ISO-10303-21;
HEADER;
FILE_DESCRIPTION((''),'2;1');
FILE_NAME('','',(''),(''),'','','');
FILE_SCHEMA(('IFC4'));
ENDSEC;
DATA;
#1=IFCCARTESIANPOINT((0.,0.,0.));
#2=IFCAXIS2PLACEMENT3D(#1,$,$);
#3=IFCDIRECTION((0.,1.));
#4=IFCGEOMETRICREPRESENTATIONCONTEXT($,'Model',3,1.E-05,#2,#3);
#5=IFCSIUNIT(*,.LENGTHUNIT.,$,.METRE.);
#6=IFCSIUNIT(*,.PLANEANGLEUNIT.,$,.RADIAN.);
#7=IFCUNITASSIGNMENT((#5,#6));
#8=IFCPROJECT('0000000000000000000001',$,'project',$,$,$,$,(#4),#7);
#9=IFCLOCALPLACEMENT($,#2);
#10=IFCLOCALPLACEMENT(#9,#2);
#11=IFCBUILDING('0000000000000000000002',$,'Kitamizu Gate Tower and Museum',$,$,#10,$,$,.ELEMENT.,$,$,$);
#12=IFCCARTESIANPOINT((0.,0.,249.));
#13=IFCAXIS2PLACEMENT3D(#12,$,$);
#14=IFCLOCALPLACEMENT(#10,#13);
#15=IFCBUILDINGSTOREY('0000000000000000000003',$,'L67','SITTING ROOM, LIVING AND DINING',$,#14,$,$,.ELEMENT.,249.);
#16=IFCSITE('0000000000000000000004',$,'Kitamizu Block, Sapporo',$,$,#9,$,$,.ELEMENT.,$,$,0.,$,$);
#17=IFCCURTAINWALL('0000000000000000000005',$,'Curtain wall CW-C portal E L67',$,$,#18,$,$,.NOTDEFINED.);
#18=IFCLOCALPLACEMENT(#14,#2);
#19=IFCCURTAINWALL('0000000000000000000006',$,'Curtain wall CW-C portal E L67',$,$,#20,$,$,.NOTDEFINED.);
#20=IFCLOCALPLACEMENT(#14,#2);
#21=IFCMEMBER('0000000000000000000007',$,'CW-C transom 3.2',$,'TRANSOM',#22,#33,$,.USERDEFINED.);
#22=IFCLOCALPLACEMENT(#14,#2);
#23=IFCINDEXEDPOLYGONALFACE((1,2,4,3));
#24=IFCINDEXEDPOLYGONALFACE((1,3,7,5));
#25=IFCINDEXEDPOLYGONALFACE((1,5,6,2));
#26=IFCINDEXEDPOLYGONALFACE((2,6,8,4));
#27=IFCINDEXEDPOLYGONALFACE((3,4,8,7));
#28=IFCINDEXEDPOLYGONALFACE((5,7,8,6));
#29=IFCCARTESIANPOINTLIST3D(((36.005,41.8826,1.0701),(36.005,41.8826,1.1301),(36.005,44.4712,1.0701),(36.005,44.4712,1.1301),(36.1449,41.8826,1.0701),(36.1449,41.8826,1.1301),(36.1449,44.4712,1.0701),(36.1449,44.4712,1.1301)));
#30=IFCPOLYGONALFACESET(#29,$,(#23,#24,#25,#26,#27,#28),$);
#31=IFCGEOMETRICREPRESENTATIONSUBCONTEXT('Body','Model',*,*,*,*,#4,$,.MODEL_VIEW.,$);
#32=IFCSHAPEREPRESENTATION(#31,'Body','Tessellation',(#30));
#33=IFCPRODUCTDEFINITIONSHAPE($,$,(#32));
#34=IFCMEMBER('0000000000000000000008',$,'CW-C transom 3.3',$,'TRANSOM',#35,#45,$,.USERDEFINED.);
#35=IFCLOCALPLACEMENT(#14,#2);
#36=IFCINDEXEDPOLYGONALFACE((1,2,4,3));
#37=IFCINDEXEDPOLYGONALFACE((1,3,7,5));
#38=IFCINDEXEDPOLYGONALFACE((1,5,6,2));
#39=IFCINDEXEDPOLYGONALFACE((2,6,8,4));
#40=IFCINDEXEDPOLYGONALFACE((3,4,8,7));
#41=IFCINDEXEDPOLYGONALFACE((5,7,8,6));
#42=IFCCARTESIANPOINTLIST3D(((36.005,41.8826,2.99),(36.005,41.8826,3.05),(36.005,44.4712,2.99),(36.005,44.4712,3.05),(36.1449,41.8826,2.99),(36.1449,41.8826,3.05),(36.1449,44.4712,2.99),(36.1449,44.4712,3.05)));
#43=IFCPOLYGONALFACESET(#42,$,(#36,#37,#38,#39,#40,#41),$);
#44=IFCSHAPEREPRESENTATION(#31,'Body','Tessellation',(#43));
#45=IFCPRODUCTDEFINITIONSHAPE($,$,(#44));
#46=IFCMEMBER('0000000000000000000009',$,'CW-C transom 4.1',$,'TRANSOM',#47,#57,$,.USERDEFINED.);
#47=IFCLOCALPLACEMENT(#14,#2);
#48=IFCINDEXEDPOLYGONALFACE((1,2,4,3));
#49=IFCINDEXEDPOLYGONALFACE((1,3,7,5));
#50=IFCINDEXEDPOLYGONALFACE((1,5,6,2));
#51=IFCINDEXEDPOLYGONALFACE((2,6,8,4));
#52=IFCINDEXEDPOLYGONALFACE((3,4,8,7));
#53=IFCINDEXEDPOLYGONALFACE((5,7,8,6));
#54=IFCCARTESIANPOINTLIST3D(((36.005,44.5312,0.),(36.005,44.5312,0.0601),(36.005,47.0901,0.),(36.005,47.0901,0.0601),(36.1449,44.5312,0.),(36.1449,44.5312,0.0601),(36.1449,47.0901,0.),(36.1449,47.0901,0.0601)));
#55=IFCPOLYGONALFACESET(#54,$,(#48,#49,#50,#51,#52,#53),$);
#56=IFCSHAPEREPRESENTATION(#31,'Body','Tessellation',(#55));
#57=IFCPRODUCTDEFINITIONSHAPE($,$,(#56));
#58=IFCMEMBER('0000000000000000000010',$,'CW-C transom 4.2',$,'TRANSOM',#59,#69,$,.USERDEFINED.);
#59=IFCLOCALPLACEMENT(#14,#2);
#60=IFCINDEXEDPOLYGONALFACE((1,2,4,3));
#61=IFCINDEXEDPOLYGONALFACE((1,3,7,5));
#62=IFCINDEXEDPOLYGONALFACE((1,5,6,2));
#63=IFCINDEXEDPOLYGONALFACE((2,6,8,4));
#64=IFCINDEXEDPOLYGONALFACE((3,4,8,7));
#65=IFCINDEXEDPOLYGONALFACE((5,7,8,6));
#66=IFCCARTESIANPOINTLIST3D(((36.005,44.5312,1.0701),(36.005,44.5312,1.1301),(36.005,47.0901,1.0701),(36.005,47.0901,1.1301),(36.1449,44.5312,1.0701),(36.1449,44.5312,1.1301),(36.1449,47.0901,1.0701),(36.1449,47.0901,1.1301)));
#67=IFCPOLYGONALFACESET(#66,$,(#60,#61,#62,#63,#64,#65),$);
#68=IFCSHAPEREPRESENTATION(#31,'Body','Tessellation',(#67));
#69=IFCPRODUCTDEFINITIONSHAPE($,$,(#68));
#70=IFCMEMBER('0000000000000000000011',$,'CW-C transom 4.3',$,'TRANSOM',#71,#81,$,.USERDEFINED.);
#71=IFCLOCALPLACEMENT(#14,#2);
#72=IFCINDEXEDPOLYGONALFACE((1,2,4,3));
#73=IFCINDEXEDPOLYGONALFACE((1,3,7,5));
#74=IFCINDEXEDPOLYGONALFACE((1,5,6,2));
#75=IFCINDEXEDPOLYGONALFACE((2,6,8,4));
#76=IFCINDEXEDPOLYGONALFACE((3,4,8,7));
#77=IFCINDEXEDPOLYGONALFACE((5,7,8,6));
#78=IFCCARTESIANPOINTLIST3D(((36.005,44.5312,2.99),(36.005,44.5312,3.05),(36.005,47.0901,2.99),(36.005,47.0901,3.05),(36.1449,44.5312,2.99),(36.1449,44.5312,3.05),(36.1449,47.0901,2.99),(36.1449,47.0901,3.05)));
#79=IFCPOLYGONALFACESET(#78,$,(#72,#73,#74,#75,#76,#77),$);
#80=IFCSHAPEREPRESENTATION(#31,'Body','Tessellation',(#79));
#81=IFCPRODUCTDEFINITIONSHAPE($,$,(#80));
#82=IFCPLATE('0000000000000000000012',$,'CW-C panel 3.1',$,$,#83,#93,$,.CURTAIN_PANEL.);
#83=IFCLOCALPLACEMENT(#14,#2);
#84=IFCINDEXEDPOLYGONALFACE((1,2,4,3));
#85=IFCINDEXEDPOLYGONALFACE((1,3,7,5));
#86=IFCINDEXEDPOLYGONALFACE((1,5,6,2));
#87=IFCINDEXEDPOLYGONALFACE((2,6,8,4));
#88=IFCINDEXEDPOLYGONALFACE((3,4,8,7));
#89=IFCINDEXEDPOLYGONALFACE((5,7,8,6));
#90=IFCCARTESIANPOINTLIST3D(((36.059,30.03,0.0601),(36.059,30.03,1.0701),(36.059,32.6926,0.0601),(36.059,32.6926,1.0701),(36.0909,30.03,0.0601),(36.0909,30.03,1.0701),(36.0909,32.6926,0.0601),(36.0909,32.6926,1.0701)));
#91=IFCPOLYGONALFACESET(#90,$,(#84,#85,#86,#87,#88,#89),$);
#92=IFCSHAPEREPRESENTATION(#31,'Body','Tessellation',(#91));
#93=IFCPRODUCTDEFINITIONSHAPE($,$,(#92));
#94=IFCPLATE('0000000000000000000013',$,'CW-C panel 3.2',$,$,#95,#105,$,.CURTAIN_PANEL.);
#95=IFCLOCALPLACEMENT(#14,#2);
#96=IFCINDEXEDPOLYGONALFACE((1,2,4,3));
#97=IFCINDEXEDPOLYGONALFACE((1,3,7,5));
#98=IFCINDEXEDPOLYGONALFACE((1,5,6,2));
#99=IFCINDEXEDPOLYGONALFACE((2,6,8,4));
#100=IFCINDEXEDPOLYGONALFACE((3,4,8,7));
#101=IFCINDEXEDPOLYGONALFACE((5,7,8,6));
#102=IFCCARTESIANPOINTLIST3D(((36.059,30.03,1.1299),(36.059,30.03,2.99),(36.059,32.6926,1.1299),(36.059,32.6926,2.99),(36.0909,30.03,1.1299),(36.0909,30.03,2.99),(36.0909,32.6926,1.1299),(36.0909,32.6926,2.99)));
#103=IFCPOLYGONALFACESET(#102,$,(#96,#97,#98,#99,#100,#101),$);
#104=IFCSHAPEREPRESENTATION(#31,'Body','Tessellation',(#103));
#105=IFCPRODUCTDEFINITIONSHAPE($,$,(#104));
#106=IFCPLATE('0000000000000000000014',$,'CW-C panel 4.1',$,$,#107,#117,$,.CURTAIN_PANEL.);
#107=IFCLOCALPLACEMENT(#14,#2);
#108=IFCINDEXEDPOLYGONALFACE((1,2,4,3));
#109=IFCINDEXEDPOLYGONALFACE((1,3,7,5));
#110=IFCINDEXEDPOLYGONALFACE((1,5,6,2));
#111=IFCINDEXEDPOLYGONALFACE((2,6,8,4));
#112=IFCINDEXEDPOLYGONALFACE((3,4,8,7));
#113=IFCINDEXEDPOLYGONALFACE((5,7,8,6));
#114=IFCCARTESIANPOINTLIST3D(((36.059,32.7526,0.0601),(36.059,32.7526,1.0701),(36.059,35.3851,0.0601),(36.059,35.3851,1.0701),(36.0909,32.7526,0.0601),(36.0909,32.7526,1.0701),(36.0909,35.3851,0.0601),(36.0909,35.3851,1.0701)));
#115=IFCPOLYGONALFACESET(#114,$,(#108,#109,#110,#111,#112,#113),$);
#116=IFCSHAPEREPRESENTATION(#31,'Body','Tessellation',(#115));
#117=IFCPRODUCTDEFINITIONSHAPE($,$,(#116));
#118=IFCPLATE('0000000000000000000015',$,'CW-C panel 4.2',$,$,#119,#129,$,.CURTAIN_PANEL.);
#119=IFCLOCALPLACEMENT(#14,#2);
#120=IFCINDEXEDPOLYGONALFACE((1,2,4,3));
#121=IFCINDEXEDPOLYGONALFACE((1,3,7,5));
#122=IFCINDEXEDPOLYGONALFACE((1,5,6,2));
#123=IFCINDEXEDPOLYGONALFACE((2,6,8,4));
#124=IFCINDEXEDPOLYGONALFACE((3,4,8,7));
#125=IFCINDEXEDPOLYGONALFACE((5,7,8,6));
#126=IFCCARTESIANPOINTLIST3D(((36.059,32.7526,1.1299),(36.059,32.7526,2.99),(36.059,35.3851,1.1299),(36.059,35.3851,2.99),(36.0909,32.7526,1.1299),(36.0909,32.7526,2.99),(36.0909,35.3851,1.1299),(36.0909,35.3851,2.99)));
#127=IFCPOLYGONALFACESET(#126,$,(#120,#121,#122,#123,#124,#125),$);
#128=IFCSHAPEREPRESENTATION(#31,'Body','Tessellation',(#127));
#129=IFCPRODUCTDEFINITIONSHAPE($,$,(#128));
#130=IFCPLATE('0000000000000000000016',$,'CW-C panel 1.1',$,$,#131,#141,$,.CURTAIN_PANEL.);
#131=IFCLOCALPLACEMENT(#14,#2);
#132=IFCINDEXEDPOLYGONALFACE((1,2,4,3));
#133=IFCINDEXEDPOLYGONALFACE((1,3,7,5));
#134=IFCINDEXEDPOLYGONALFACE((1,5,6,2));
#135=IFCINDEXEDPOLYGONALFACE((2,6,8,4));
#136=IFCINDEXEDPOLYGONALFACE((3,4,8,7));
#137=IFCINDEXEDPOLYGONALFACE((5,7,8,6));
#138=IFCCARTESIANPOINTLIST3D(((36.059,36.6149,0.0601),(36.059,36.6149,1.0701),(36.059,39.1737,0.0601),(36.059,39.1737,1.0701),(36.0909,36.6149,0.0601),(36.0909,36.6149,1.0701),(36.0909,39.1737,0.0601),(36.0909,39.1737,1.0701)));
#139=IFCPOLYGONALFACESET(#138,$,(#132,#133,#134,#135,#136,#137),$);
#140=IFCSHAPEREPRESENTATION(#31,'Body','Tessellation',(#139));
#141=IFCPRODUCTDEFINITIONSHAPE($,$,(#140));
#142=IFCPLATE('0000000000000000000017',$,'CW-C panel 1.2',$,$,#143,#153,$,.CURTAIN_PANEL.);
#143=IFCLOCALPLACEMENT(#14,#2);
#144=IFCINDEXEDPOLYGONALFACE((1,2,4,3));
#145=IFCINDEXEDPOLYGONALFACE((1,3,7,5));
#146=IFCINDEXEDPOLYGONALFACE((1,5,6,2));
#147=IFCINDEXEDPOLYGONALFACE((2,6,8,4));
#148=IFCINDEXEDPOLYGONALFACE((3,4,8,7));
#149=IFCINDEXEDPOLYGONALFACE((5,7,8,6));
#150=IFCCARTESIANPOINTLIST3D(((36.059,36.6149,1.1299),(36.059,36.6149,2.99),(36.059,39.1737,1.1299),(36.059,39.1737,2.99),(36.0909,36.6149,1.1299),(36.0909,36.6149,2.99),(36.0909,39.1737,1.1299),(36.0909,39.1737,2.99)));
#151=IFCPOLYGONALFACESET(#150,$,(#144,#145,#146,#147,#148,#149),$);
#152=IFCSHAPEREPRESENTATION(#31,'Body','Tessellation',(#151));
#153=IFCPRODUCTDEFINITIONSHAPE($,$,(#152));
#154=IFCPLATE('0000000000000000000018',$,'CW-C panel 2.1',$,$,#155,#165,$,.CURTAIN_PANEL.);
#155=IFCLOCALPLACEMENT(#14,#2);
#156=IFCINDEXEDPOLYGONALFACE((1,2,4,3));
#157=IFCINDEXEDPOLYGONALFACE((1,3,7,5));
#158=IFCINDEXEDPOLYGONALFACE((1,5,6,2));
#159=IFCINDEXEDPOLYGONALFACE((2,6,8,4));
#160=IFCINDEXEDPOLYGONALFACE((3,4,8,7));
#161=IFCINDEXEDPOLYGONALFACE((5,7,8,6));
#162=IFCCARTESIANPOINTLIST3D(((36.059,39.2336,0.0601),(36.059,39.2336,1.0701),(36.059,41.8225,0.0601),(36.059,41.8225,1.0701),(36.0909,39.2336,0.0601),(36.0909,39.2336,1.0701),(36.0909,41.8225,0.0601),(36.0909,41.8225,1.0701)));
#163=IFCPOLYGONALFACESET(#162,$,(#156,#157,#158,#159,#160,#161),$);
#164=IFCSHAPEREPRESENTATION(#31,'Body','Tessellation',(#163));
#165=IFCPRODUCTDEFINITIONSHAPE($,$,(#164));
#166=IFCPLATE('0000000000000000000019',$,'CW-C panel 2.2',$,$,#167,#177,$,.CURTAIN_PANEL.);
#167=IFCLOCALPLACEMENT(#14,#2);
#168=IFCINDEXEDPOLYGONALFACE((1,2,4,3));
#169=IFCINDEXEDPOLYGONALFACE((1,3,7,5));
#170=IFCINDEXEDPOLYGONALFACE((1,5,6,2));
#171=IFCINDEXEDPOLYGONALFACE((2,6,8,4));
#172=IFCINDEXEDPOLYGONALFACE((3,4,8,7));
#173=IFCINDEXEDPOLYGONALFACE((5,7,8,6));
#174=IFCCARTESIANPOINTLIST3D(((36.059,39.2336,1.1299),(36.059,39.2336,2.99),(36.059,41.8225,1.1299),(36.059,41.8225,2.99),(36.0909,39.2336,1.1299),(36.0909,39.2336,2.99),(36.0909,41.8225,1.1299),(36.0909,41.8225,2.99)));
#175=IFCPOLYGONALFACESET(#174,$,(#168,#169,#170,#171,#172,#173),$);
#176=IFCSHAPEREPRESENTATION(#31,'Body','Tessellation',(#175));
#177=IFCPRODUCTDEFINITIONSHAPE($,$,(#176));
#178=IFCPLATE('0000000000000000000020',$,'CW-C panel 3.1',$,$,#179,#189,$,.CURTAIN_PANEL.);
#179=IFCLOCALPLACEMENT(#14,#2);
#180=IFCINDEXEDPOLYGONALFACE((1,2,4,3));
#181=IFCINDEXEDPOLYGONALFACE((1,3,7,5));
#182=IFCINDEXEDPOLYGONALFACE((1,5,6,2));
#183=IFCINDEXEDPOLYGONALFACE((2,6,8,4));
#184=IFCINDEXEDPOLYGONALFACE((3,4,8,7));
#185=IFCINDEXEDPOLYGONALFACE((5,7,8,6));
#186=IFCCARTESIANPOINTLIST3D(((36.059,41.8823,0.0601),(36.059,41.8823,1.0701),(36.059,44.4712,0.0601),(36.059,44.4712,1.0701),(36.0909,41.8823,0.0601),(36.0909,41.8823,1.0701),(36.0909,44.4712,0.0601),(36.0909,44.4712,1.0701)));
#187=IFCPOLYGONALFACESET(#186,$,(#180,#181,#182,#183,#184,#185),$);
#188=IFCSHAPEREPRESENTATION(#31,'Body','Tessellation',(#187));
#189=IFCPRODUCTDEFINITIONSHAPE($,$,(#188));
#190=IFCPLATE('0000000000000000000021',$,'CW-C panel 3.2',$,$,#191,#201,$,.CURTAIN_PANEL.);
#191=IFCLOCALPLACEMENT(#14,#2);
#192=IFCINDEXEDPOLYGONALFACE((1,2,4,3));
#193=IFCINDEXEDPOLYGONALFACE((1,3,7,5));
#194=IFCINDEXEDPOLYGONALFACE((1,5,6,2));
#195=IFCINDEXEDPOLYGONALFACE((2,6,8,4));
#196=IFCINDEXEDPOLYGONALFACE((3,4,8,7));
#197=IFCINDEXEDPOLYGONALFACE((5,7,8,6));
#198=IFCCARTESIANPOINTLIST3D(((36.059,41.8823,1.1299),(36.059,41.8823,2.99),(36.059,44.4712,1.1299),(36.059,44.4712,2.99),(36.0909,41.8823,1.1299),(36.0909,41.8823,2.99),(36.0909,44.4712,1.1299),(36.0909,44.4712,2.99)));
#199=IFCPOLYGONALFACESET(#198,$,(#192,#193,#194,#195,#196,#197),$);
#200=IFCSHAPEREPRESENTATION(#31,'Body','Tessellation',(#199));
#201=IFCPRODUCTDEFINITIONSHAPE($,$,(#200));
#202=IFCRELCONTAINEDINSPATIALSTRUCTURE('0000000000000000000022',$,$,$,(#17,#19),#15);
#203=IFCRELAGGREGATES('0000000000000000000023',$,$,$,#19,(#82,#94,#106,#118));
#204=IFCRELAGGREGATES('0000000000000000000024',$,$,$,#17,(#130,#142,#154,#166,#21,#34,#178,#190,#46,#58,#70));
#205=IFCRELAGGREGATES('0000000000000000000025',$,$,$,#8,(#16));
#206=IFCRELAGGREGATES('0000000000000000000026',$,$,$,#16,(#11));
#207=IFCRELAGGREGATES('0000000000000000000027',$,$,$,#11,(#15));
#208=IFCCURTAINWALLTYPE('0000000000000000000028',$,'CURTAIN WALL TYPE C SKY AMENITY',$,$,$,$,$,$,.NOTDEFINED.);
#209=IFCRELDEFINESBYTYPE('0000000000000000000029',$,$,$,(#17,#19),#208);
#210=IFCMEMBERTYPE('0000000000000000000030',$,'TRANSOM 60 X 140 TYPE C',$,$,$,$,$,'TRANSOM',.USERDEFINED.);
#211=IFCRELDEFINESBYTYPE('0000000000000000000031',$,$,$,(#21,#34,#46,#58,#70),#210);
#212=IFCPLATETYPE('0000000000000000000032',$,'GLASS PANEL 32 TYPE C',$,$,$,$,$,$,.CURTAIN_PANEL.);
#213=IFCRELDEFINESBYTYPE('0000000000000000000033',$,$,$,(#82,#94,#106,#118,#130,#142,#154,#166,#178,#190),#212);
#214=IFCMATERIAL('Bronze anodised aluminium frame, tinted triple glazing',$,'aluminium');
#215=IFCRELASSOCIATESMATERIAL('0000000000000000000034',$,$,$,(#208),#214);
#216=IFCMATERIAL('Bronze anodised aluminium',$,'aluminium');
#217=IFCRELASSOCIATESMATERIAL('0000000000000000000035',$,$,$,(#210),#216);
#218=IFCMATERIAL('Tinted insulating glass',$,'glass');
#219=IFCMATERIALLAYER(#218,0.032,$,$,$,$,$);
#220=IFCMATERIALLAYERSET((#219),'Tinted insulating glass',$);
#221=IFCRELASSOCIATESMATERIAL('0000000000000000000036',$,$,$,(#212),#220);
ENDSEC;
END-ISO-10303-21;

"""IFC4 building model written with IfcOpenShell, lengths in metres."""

from ifc_helpers import new_model, si_unit, direction, frame, origin, origin_2d, place, context, subcontext, project, spatial, rectangle, extrude, material, layer, layer_set, material_profile, profile_set, type_object, element, aggregate, save


model = new_model("IFC4")

# Units and contexts
model_context = context("Model", 3, precision=1e-05, world=origin(), true_north=direction((0.0, 1.0)))
body_context = subcontext(model_context, "Body", "Model", "MODEL_VIEW")
ifc_project = project(units=[si_unit("LENGTHUNIT", "METRE"), si_unit("PLANEANGLEUNIT", "RADIAN")], contexts=[model_context])

# Site, building, storey
site_placement = place(None, origin())
site = spatial("IfcSite", under=ifc_project, at=site_placement, Name="Kitamizu Block, Sapporo", CompositionType="ELEMENT", RefElevation=0.0)
building_placement = place(site_placement, origin())
building = spatial("IfcBuilding", under=site, at=building_placement, Name="Kitamizu Gate Tower and Museum", CompositionType="ELEMENT")
storey_placement = place(building_placement, frame((0.0, 0.0, 249.0)))
storey = spatial("IfcBuildingStorey", under=building, at=storey_placement, Name="L67", Description="SITTING ROOM, LIVING AND DINING", CompositionType="ELEMENT", Elevation=249.0)

# Curtain walls
ifc_material_1 = material(Name="Bronze anodised aluminium frame, tinted triple glazing", Category="aluminium")
curtain_wall_type = type_object("IfcCurtainWallType", Name="CURTAIN WALL TYPE C SKY AMENITY", PredefinedType="NOTDEFINED", material=ifc_material_1)
curtain_wall_1_placement = place(storey_placement, origin())
curtain_wall_1 = element("IfcCurtainWall", 1, at=curtain_wall_1_placement, inside=storey, type_object=curtain_wall_type, Name="Curtain wall CW-C portal E L67", PredefinedType="NOTDEFINED")
curtain_wall_2_placement = place(storey_placement, origin())
curtain_wall_2 = element("IfcCurtainWall", 2, at=curtain_wall_2_placement, inside=storey, type_object=curtain_wall_type, Name="Curtain wall CW-C portal E L67", PredefinedType="NOTDEFINED")
ifc_material_2 = material(Name="Bronze anodised aluminium", Category="aluminium")
ifc_material_profile_1 = material_profile(ifc_material_2, rectangle(XDim=0.1399, YDim=0.0601, at=origin_2d()), Name="AL 60X140")
ifc_profile_set_1 = profile_set([ifc_material_profile_1], Name="Bronze anodised aluminium")
member_type_1 = type_object("IfcMemberType", Name="TRANSOM 60 X 140 TYPE C", ElementType="TRANSOM", PredefinedType="USERDEFINED", material=ifc_profile_set_1)

# Members
member_1_placement = place(storey_placement, frame((36.075, 41.8826, 1.1001), z_axis=(0.0, 1.0, 0.0), x_axis=(-1.0, 0.0, 0.0)))
member_1 = element("IfcMember", 3, at=member_1_placement, type_object=member_type_1, Name="CW-C transom 3.2", ObjectType="TRANSOM", PredefinedType="USERDEFINED", context=body_context, shape_type="SweptSolid", body=[
    extrude(rectangle(XDim=0.1399, YDim=0.0601, at=origin_2d()), origin(), (0.0, 0.0, 1.0), 2.5886),
])
member_2_placement = place(storey_placement, frame((36.075, 41.8826, 3.02), z_axis=(0.0, 1.0, 0.0), x_axis=(-1.0, 0.0, 0.0)))
member_2 = element("IfcMember", 4, at=member_2_placement, type_object=member_type_1, Name="CW-C transom 3.3", ObjectType="TRANSOM", PredefinedType="USERDEFINED", context=body_context, shape_type="SweptSolid", body=[
    extrude(rectangle(XDim=0.1399, YDim=0.0601, at=origin_2d()), origin(), (0.0, 0.0, 1.0), 2.5886),
])
member_3_placement = place(storey_placement, frame((36.075, 44.5312, 0.03), z_axis=(0.0, 1.0, 0.0), x_axis=(-1.0, 0.0, 0.0)))
member_3 = element("IfcMember", 5, at=member_3_placement, type_object=member_type_1, Name="CW-C transom 4.1", ObjectType="TRANSOM", PredefinedType="USERDEFINED", context=body_context, shape_type="SweptSolid", body=[
    extrude(rectangle(XDim=0.1399, YDim=0.0601, at=origin_2d()), origin(), (0.0, 0.0, 1.0), 2.5588),
])
member_4_placement = place(storey_placement, frame((36.075, 44.5312, 1.1001), z_axis=(0.0, 1.0, 0.0), x_axis=(-1.0, 0.0, 0.0)))
member_4 = element("IfcMember", 6, at=member_4_placement, type_object=member_type_1, Name="CW-C transom 4.2", ObjectType="TRANSOM", PredefinedType="USERDEFINED", context=body_context, shape_type="SweptSolid", body=[
    extrude(rectangle(XDim=0.1399, YDim=0.0601, at=origin_2d()), origin(), (0.0, 0.0, 1.0), 2.5588),
])
member_5_placement = place(storey_placement, frame((36.075, 44.5312, 3.02), z_axis=(0.0, 1.0, 0.0), x_axis=(-1.0, 0.0, 0.0)))
member_5 = element("IfcMember", 7, at=member_5_placement, type_object=member_type_1, Name="CW-C transom 4.3", ObjectType="TRANSOM", PredefinedType="USERDEFINED", context=body_context, shape_type="SweptSolid", body=[
    extrude(rectangle(XDim=0.1399, YDim=0.0601, at=origin_2d()), origin(), (0.0, 0.0, 1.0), 2.5588),
])

# Plates
ifc_material_3 = material(Name="Tinted insulating glass", Category="glass")
ifc_layer_1 = layer(ifc_material_3, 0.032)
ifc_layer_set_1 = layer_set([ifc_layer_1], Name="Tinted insulating glass")
plate_type = type_object("IfcPlateType", Name="GLASS PANEL 32 TYPE C", PredefinedType="CURTAIN_PANEL", material=ifc_layer_set_1)
plate_1_placement = place(storey_placement, frame((36.075, 31.3613, 0.0601), z_axis=(0.0, 0.0, 1.0), x_axis=(0.0, 1.0, 0.0)))
plate_1 = element("IfcPlate", 8, at=plate_1_placement, type_object=plate_type, Name="CW-C panel 3.1", PredefinedType="CURTAIN_PANEL", context=body_context, shape_type="SweptSolid", body=[
    extrude(rectangle(XDim=2.6626, YDim=0.032, at=origin_2d()), origin(), (0.0, 0.0, 1.0), 1.01),
])
plate_2_placement = place(storey_placement, frame((36.075, 31.3613, 1.1299), z_axis=(0.0, 0.0, 1.0), x_axis=(0.0, 1.0, 0.0)))
plate_2 = element("IfcPlate", 9, at=plate_2_placement, type_object=plate_type, Name="CW-C panel 3.2", PredefinedType="CURTAIN_PANEL", context=body_context, shape_type="SweptSolid", body=[
    extrude(rectangle(XDim=2.6626, YDim=0.032, at=origin_2d()), origin(), (0.0, 0.0, 1.0), 1.8601),
])
plate_3_placement = place(storey_placement, frame((36.075, 34.0688, 0.0601), z_axis=(0.0, 0.0, 1.0), x_axis=(0.0, 1.0, 0.0)))
plate_3 = element("IfcPlate", 10, at=plate_3_placement, type_object=plate_type, Name="CW-C panel 4.1", PredefinedType="CURTAIN_PANEL", context=body_context, shape_type="SweptSolid", body=[
    extrude(rectangle(XDim=2.6326, YDim=0.032, at=origin_2d()), origin(), (0.0, 0.0, 1.0), 1.01),
])
plate_4_placement = place(storey_placement, frame((36.075, 34.0688, 1.1299), z_axis=(0.0, 0.0, 1.0), x_axis=(0.0, 1.0, 0.0)))
plate_4 = element("IfcPlate", 11, at=plate_4_placement, type_object=plate_type, Name="CW-C panel 4.2", PredefinedType="CURTAIN_PANEL", context=body_context, shape_type="SweptSolid", body=[
    extrude(rectangle(XDim=2.6326, YDim=0.032, at=origin_2d()), origin(), (0.0, 0.0, 1.0), 1.8601),
])
aggregate(curtain_wall_2, [plate_1, plate_2, plate_3, plate_4])
plate_5_placement = place(storey_placement, frame((36.075, 37.8943, 0.0601), z_axis=(0.0, 0.0, 1.0), x_axis=(0.0, 1.0, 0.0)))
plate_5 = element("IfcPlate", 12, at=plate_5_placement, type_object=plate_type, Name="CW-C panel 1.1", PredefinedType="CURTAIN_PANEL", context=body_context, shape_type="SweptSolid", body=[
    extrude(rectangle(XDim=2.5588, YDim=0.032, at=origin_2d()), origin(), (0.0, 0.0, 1.0), 1.01),
])
plate_6_placement = place(storey_placement, frame((36.075, 37.8943, 1.1299), z_axis=(0.0, 0.0, 1.0), x_axis=(0.0, 1.0, 0.0)))
plate_6 = element("IfcPlate", 13, at=plate_6_placement, type_object=plate_type, Name="CW-C panel 1.2", PredefinedType="CURTAIN_PANEL", context=body_context, shape_type="SweptSolid", body=[
    extrude(rectangle(XDim=2.5588, YDim=0.032, at=origin_2d()), origin(), (0.0, 0.0, 1.0), 1.8601),
])
plate_7_placement = place(storey_placement, frame((36.075, 40.5281, 0.0601), z_axis=(0.0, 0.0, 1.0), x_axis=(0.0, 1.0, 0.0)))
plate_7 = element("IfcPlate", 14, at=plate_7_placement, type_object=plate_type, Name="CW-C panel 2.1", PredefinedType="CURTAIN_PANEL", context=body_context, shape_type="SweptSolid", body=[
    extrude(rectangle(XDim=2.5889, YDim=0.032, at=origin_2d()), origin(), (0.0, 0.0, 1.0), 1.01),
])
plate_8_placement = place(storey_placement, frame((36.075, 40.5281, 1.1299), z_axis=(0.0, 0.0, 1.0), x_axis=(0.0, 1.0, 0.0)))
plate_8 = element("IfcPlate", 15, at=plate_8_placement, type_object=plate_type, Name="CW-C panel 2.2", PredefinedType="CURTAIN_PANEL", context=body_context, shape_type="SweptSolid", body=[
    extrude(rectangle(XDim=2.5889, YDim=0.032, at=origin_2d()), origin(), (0.0, 0.0, 1.0), 1.8601),
])
plate_9_placement = place(storey_placement, frame((36.075, 43.1768, 0.0601), z_axis=(0.0, 0.0, 1.0), x_axis=(0.0, 1.0, 0.0)))
plate_9 = element("IfcPlate", 16, at=plate_9_placement, type_object=plate_type, Name="CW-C panel 3.1", PredefinedType="CURTAIN_PANEL", context=body_context, shape_type="SweptSolid", body=[
    extrude(rectangle(XDim=2.5889, YDim=0.032, at=origin_2d()), origin(), (0.0, 0.0, 1.0), 1.01),
])
plate_10_placement = place(storey_placement, frame((36.075, 43.1768, 1.1299), z_axis=(0.0, 0.0, 1.0), x_axis=(0.0, 1.0, 0.0)))
plate_10 = element("IfcPlate", 17, at=plate_10_placement, type_object=plate_type, Name="CW-C panel 3.2", PredefinedType="CURTAIN_PANEL", context=body_context, shape_type="SweptSolid", body=[
    extrude(rectangle(XDim=2.5889, YDim=0.032, at=origin_2d()), origin(), (0.0, 0.0, 1.0), 1.8601),
])
aggregate(curtain_wall_1, [plate_5, plate_6, plate_7, plate_8, member_1, member_2, plate_9, plate_10, member_3, member_4, member_5])

save(model, "model.ifc")
